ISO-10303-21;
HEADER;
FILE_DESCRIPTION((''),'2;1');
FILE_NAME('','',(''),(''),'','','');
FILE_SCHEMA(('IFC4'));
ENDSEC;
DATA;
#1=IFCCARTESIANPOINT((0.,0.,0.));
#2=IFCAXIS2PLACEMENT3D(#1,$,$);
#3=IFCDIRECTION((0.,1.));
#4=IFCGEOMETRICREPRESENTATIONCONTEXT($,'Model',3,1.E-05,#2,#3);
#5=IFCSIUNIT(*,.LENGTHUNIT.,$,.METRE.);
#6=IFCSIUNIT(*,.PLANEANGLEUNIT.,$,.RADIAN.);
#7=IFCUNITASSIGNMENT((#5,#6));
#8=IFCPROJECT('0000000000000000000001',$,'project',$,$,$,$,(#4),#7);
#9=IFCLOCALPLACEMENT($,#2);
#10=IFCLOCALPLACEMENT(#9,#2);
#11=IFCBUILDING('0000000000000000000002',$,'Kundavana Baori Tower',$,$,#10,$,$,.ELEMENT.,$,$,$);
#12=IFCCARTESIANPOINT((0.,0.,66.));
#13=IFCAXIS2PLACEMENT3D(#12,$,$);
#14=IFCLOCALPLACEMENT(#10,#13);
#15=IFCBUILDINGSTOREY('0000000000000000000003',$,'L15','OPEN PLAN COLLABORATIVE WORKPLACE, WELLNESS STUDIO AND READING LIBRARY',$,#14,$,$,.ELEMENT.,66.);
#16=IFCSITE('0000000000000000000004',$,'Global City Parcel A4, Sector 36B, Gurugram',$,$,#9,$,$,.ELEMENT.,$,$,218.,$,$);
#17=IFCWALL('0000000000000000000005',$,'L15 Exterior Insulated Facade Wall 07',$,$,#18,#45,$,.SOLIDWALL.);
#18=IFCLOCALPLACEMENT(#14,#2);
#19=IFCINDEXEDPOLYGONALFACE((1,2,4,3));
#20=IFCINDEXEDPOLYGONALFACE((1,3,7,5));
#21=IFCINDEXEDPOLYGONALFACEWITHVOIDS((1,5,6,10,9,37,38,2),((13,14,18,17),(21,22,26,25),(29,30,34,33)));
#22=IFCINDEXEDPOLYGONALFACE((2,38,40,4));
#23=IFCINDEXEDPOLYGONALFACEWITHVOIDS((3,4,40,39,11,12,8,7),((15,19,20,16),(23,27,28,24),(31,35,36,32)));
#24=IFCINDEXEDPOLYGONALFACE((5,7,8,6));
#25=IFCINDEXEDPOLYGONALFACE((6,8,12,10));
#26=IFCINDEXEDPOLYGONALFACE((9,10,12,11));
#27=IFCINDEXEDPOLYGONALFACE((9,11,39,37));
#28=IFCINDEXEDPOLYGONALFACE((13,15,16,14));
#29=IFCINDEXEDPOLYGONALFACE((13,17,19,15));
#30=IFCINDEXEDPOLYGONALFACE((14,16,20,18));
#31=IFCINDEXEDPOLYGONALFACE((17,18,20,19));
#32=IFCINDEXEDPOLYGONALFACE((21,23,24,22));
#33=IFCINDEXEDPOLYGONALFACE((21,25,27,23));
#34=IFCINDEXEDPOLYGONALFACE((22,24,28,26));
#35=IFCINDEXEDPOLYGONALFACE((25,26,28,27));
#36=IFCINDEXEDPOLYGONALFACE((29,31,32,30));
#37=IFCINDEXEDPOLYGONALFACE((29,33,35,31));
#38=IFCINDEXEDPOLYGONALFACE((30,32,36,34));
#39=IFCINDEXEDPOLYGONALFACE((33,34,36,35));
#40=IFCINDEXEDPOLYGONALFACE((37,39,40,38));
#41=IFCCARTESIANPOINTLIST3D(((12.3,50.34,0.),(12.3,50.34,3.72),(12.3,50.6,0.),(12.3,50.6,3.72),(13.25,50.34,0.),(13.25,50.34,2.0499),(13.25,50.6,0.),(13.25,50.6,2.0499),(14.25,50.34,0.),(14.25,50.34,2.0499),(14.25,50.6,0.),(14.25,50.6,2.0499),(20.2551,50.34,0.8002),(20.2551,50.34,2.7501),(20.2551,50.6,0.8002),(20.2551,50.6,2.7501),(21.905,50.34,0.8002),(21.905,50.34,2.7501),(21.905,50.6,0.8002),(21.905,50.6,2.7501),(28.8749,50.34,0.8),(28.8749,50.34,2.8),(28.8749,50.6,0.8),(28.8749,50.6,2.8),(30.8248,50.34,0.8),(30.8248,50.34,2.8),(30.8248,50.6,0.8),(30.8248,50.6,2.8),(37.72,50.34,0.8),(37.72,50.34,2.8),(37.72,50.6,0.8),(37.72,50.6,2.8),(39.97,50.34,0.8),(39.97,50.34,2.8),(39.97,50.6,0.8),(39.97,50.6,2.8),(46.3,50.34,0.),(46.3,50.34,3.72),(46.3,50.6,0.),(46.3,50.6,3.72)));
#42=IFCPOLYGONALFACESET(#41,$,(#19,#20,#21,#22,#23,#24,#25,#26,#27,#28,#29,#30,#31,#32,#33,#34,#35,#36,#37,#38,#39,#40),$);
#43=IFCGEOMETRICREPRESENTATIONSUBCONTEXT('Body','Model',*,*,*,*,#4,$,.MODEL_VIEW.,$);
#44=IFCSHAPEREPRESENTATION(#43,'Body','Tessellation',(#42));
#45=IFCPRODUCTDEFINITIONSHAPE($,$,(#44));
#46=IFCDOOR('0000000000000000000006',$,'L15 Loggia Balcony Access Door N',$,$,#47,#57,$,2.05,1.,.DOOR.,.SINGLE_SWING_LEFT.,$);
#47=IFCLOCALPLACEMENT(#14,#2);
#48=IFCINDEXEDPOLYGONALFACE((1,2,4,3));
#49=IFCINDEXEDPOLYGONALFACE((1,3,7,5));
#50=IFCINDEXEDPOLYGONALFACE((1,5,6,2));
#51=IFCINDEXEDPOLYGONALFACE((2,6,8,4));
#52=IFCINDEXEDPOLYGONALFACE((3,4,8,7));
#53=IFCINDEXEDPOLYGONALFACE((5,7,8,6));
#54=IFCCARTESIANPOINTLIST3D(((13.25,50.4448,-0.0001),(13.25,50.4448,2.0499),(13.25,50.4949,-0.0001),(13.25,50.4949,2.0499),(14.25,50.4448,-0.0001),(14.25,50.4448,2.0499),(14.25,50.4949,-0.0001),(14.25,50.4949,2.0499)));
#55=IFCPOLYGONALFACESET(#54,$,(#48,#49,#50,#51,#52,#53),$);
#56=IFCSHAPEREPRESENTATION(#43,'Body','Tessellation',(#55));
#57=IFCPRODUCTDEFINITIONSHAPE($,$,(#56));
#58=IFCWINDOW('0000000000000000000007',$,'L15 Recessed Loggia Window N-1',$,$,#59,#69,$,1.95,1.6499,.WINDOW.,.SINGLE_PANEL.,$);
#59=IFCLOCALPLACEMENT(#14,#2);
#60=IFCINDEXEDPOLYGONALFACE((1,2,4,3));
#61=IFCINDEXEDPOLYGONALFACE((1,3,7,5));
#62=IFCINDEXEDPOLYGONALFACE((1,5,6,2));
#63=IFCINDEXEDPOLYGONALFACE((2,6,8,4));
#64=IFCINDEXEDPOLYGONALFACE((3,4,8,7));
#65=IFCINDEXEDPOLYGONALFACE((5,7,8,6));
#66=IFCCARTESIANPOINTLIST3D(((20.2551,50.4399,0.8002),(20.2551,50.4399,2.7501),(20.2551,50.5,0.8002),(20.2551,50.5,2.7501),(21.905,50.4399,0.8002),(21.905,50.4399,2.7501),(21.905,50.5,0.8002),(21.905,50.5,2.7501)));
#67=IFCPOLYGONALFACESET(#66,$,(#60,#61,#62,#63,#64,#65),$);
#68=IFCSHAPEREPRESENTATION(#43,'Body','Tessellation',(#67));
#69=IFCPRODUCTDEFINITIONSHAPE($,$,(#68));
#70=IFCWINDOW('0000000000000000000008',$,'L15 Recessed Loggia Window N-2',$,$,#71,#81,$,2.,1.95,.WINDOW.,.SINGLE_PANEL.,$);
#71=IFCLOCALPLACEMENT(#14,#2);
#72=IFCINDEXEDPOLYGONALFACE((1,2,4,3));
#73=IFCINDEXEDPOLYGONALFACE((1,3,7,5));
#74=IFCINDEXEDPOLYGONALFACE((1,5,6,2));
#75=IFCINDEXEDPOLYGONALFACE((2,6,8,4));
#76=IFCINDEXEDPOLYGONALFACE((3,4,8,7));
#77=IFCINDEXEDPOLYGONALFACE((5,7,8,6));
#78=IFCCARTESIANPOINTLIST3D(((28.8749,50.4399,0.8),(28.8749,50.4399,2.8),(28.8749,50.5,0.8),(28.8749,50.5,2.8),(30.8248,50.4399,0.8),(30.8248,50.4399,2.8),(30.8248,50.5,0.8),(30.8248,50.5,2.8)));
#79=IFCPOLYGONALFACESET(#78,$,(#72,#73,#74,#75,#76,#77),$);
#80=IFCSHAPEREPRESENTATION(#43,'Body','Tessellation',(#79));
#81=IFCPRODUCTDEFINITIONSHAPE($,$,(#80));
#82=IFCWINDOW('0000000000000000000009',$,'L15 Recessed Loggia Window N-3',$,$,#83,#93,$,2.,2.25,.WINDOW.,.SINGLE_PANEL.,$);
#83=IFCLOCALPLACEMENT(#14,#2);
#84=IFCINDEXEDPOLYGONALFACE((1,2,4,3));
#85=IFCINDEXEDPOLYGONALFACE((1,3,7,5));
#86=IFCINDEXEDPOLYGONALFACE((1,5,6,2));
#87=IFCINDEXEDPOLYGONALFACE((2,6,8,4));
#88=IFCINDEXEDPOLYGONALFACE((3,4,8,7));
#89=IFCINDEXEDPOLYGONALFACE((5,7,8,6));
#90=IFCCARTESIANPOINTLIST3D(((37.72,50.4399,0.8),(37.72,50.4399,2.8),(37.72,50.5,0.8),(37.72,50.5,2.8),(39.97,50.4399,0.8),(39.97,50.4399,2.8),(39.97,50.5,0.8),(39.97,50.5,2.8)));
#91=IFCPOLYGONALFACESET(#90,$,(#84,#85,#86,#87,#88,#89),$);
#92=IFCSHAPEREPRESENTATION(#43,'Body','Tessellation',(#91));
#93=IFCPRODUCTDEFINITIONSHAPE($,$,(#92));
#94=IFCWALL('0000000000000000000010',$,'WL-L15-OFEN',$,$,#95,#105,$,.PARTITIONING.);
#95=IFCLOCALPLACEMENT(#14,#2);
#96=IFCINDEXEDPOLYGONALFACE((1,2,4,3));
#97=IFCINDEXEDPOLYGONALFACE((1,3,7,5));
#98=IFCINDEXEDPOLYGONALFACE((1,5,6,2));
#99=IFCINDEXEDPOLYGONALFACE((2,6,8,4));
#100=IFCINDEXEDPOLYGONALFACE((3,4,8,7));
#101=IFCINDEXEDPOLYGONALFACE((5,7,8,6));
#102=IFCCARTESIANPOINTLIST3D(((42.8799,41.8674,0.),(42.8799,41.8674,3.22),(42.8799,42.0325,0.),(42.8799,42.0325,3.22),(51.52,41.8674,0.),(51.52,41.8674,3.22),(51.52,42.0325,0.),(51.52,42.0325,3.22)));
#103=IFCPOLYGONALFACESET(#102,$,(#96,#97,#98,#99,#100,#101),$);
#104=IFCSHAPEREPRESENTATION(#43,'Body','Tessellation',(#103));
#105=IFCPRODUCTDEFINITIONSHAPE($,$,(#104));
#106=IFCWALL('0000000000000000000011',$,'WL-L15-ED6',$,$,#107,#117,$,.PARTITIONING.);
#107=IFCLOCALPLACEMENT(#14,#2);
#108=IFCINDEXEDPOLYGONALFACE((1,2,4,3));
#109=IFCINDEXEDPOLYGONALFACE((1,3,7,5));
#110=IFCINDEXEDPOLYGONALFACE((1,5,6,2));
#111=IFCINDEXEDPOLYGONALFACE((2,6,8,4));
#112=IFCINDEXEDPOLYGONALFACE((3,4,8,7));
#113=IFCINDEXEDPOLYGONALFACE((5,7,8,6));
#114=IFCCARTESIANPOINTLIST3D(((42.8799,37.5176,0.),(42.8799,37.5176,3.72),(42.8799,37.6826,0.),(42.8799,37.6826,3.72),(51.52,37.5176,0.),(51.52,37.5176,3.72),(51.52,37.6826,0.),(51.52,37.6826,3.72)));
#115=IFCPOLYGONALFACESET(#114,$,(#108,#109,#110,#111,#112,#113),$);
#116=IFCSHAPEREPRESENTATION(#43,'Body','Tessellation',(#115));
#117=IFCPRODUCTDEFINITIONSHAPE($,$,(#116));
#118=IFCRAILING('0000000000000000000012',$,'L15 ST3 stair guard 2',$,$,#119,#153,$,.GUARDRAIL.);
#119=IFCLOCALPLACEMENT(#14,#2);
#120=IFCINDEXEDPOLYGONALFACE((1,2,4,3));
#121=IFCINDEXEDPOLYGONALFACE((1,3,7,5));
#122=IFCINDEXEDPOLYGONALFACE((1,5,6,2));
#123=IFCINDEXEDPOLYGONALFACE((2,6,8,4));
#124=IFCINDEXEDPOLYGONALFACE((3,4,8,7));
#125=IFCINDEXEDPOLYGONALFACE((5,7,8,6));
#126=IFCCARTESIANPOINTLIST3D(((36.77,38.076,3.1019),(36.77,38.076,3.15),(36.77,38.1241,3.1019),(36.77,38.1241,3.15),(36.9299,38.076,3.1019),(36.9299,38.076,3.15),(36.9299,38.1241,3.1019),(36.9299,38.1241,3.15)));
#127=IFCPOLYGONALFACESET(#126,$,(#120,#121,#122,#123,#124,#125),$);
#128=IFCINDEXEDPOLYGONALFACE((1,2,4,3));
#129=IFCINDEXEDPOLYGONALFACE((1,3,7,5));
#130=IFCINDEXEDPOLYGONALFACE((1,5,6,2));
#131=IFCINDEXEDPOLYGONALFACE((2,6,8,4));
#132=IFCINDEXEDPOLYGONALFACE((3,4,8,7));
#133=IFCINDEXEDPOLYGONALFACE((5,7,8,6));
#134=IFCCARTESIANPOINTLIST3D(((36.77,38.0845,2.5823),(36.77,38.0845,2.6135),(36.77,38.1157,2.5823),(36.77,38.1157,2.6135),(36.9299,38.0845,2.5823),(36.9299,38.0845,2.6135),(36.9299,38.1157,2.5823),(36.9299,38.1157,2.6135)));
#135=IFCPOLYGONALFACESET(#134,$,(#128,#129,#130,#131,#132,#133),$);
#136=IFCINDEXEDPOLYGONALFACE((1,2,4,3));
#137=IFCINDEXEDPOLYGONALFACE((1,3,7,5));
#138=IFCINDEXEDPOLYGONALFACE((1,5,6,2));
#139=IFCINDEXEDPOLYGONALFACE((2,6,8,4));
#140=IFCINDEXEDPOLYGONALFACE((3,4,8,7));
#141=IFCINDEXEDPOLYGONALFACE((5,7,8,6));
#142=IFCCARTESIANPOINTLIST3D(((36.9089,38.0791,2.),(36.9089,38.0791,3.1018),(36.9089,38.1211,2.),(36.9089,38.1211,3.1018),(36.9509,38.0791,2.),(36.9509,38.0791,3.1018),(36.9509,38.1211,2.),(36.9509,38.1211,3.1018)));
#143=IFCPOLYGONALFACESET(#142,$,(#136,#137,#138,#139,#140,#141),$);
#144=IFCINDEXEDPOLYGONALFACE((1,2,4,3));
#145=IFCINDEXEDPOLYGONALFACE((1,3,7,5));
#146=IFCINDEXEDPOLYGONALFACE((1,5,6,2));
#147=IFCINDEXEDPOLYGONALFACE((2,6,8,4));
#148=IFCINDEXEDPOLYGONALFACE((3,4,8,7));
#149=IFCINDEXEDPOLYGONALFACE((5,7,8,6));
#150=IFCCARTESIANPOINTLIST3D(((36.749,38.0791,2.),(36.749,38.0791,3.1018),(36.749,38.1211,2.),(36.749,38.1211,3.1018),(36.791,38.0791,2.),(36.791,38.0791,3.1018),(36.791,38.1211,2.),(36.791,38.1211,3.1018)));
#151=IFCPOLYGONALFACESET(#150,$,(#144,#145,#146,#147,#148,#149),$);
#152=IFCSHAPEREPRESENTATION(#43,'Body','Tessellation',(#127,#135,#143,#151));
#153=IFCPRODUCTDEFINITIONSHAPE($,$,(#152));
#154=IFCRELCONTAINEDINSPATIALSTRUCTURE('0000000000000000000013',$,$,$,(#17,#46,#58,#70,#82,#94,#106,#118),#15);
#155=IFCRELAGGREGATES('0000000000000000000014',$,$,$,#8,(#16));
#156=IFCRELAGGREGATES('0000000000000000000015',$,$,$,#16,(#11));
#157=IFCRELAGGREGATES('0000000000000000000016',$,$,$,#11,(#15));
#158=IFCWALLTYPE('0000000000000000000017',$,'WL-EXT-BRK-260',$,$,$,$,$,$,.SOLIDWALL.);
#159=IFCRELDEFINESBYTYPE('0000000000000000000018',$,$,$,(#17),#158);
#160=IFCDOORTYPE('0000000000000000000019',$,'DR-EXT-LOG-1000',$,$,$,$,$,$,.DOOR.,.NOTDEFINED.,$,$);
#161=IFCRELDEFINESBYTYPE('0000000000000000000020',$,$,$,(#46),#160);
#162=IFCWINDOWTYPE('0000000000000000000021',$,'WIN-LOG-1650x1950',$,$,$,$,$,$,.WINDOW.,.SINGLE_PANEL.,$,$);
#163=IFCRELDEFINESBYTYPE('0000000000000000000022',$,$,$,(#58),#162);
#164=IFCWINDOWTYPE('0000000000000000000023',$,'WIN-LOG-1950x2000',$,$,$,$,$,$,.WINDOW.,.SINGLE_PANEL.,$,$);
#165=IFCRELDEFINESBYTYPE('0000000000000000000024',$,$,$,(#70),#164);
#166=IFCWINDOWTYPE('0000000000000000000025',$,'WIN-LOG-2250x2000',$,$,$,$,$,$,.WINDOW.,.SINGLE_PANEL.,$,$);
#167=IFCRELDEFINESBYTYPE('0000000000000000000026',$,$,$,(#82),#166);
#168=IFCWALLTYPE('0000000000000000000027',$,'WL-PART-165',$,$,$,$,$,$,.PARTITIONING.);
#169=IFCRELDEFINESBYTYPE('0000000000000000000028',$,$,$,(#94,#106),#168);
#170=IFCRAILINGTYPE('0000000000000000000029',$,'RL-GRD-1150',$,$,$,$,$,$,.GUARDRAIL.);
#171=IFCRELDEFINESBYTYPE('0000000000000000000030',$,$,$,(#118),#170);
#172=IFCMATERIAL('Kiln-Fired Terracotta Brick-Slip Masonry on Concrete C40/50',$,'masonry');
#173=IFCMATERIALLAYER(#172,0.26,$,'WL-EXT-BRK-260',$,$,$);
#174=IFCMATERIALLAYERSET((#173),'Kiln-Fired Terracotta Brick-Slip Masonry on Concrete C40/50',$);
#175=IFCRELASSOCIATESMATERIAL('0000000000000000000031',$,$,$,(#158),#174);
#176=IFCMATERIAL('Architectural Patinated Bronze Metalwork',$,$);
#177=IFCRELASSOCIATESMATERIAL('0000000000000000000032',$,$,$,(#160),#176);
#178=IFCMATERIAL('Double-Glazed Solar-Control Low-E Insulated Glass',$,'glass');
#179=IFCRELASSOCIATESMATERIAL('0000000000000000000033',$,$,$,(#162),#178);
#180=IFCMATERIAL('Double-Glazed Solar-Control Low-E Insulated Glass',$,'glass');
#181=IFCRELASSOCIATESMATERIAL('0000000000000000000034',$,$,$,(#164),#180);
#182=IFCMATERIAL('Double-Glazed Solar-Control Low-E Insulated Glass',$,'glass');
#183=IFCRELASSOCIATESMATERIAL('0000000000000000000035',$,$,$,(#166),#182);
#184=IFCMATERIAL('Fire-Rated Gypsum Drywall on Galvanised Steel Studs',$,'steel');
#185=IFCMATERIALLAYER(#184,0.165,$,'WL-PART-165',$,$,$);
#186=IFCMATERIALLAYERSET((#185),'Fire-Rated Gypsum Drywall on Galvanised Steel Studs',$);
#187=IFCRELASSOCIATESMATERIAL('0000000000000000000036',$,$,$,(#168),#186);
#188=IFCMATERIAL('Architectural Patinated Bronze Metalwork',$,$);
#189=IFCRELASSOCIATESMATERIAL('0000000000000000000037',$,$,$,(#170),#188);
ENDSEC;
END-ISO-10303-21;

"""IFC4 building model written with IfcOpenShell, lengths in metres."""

from ifc_helpers import new_model, si_unit, direction, frame, frame_2d, origin, origin_2d, place, context, subcontext, project, spatial, rectangle, extrude, material, layer, layer_set, type_object, element, fill, save


model = new_model("IFC4")

# Units and contexts
model_context = context("Model", 3, precision=1e-05, world=origin(), true_north=direction((0.0, 1.0)))
body_context = subcontext(model_context, "Body", "Model", "MODEL_VIEW")
ifc_project = project(units=[si_unit("LENGTHUNIT", "METRE"), si_unit("PLANEANGLEUNIT", "RADIAN")], contexts=[model_context])

# Site, building, storey
site_placement = place(None, origin())
site = spatial("IfcSite", under=ifc_project, at=site_placement, Name="Global City Parcel A4, Sector 36B, Gurugram", CompositionType="ELEMENT", RefElevation=218.0)
building_placement = place(site_placement, origin())
building = spatial("IfcBuilding", under=site, at=building_placement, Name="Kundavana Baori Tower", CompositionType="ELEMENT")
storey_placement = place(building_placement, frame((0.0, 0.0, 66.0)))
storey = spatial("IfcBuildingStorey", under=building, at=storey_placement, Name="L15", Description="OPEN PLAN COLLABORATIVE WORKPLACE, WELLNESS STUDIO AND READING LIBRARY", CompositionType="ELEMENT", Elevation=66.0)

# Shared definitions
ifc_material_1 = material(Name="Kiln-Fired Terracotta Brick-Slip Masonry on Concrete C40/50", Category="masonry")
ifc_layer_1 = layer(ifc_material_1, 0.26, Name="WL-EXT-BRK-260")
ifc_layer_set_1 = layer_set([ifc_layer_1], Name="Kiln-Fired Terracotta Brick-Slip Masonry on Concrete C40/50")
wall_type_1 = type_object("IfcWallType", Name="WL-EXT-BRK-260", PredefinedType="SOLIDWALL", material=ifc_layer_set_1)

# Wall, openings, door, windows
wall_1_placement = place(storey_placement, frame((46.3, 50.47, 0.0), z_axis=(0.0, 0.0, 1.0), x_axis=(-1.0, 0.0, 0.0)))
wall_1 = element("IfcWall", 1, at=wall_1_placement, inside=storey, type_object=wall_type_1, Name="L15 Exterior Insulated Facade Wall 07", PredefinedType="SOLIDWALL", context=body_context, shape_type="SweptSolid", body=[
    extrude(rectangle(XDim=34.0, YDim=0.26, at=frame_2d((17.0, 0.0))), origin(), (0.0, 0.0, 1.0), 3.72),
])
opening_1_placement = place(wall_1_placement, frame((32.05, 0.0, 0.0)))
opening_1 = element("IfcOpeningElement", 2, at=opening_1_placement, cuts=wall_1, PredefinedType="OPENING", context=body_context, shape_type="SweptSolid", body=[
    extrude(rectangle(XDim=1.0, YDim=2.05, at=frame_2d((0.5, 1.0249))), frame((0.0, 0.1401, 0.0), z_axis=(0.0, -1.0, 0.0), x_axis=(1.0, 0.0, 0.0)), (0.0, 0.0, 1.0), 0.28),
])
opening_2_placement = place(wall_1_placement, frame((24.395, 0.0, 0.8)))
opening_2 = element("IfcOpeningElement", 3, at=opening_2_placement, cuts=wall_1, PredefinedType="OPENING", context=body_context, shape_type="SweptSolid", body=[
    extrude(rectangle(XDim=1.6499, YDim=1.95, at=frame_2d((0.825, 0.9751))), frame((0.0, 0.1401, 0.0), z_axis=(0.0, -1.0, 0.0), x_axis=(1.0, 0.0, 0.0)), (0.0, 0.0, 1.0), 0.28),
])
opening_3_placement = place(wall_1_placement, frame((15.4751, 0.0, 0.8)))
opening_3 = element("IfcOpeningElement", 4, at=opening_3_placement, cuts=wall_1, PredefinedType="OPENING", context=body_context, shape_type="SweptSolid", body=[
    extrude(rectangle(XDim=1.95, YDim=2.0, at=frame_2d((0.9751, 1.0))), frame((0.0, 0.1401, 0.0), z_axis=(0.0, -1.0, 0.0), x_axis=(1.0, 0.0, 0.0)), (0.0, 0.0, 1.0), 0.28),
])
opening_4_placement = place(wall_1_placement, frame((6.3301, 0.0, 0.8)))
opening_4 = element("IfcOpeningElement", 5, at=opening_4_placement, cuts=wall_1, PredefinedType="OPENING", context=body_context, shape_type="SweptSolid", body=[
    extrude(rectangle(XDim=2.25, YDim=2.0, at=frame_2d((1.125, 1.0))), frame((0.0, 0.1401, 0.0), z_axis=(0.0, -1.0, 0.0), x_axis=(1.0, 0.0, 0.0)), (0.0, 0.0, 1.0), 0.28),
])
ifc_material_2 = material(Name="Architectural Patinated Bronze Metalwork")
door_type = type_object("IfcDoorType", Name="DR-EXT-LOG-1000", OperationType="NOTDEFINED", PredefinedType="DOOR", material=ifc_material_2)
door_placement = place(opening_1_placement, frame((1.0, 0.0, 0.0), z_axis=(0.0, 0.0, 1.0), x_axis=(-1.0, 0.0, 0.0)))
door = element("IfcDoor", 6, at=door_placement, inside=storey, type_object=door_type, Name="L15 Loggia Balcony Access Door N", OperationType="SINGLE_SWING_LEFT", OverallHeight=2.05, OverallWidth=1.0, PredefinedType="DOOR", context=body_context, shape_type="SweptSolid", body=[
    extrude(rectangle(XDim=1.0, YDim=2.05, at=frame_2d((0.5, 1.0249))), frame((0.0, 0.0249, 0.0), z_axis=(0.0, -1.0, 0.0), x_axis=(1.0, 0.0, 0.0)), (0.0, 0.0, 1.0), 0.05),
])
fill(opening_1, door)
ifc_material_3 = material(Name="Double-Glazed Solar-Control Low-E Insulated Glass", Category="glass")
window_type_1 = type_object("IfcWindowType", Name="WIN-LOG-1650x1950", PartitioningType="SINGLE_PANEL", PredefinedType="WINDOW", material=ifc_material_3)
window_1_placement = place(opening_2_placement, origin())
window_1 = element("IfcWindow", 7, at=window_1_placement, inside=storey, type_object=window_type_1, Name="L15 Recessed Loggia Window N-1", OverallHeight=1.95, OverallWidth=1.6499, PartitioningType="SINGLE_PANEL", PredefinedType="WINDOW", context=body_context, shape_type="SweptSolid", body=[
    extrude(rectangle(XDim=1.6499, YDim=1.95, at=frame_2d((0.825, 0.9751))), frame((0.0, 0.03, 0.0), z_axis=(0.0, -1.0, 0.0), x_axis=(1.0, 0.0, 0.0)), (0.0, 0.0, 1.0), 0.0601),
])
fill(opening_2, window_1)
ifc_material_4 = material(Name="Double-Glazed Solar-Control Low-E Insulated Glass", Category="glass")
window_type_2 = type_object("IfcWindowType", Name="WIN-LOG-1950x2000", PartitioningType="SINGLE_PANEL", PredefinedType="WINDOW", material=ifc_material_4)
window_2_placement = place(opening_3_placement, origin())
window_2 = element("IfcWindow", 8, at=window_2_placement, inside=storey, type_object=window_type_2, Name="L15 Recessed Loggia Window N-2", OverallHeight=2.0, OverallWidth=1.95, PartitioningType="SINGLE_PANEL", PredefinedType="WINDOW", context=body_context, shape_type="SweptSolid", body=[
    extrude(rectangle(XDim=1.95, YDim=2.0, at=frame_2d((0.9751, 1.0))), frame((0.0, 0.03, 0.0), z_axis=(0.0, -1.0, 0.0), x_axis=(1.0, 0.0, 0.0)), (0.0, 0.0, 1.0), 0.0601),
])
fill(opening_3, window_2)
ifc_material_5 = material(Name="Double-Glazed Solar-Control Low-E Insulated Glass", Category="glass")
window_type_3 = type_object("IfcWindowType", Name="WIN-LOG-2250x2000", PartitioningType="SINGLE_PANEL", PredefinedType="WINDOW", material=ifc_material_5)
window_3_placement = place(opening_4_placement, origin())
window_3 = element("IfcWindow", 9, at=window_3_placement, inside=storey, type_object=window_type_3, Name="L15 Recessed Loggia Window N-3", OverallHeight=2.0, OverallWidth=2.25, PartitioningType="SINGLE_PANEL", PredefinedType="WINDOW", context=body_context, shape_type="SweptSolid", body=[
    extrude(rectangle(XDim=2.25, YDim=2.0, at=frame_2d((1.125, 1.0))), frame((0.0, 0.03, 0.0), z_axis=(0.0, -1.0, 0.0), x_axis=(1.0, 0.0, 0.0)), (0.0, 0.0, 1.0), 0.0601),
])
fill(opening_4, window_3)

# Walls
ifc_material_6 = material(Name="Fire-Rated Gypsum Drywall on Galvanised Steel Studs", Category="steel")
ifc_layer_2 = layer(ifc_material_6, 0.165, Name="WL-PART-165")
ifc_layer_set_2 = layer_set([ifc_layer_2], Name="Fire-Rated Gypsum Drywall on Galvanised Steel Studs")
wall_type_2 = type_object("IfcWallType", Name="WL-PART-165", PredefinedType="PARTITIONING", material=ifc_layer_set_2)
wall_2_placement = place(storey_placement, frame((42.8799, 41.95, 0.0), z_axis=(0.0, 0.0, 1.0), x_axis=(1.0, 0.0, 0.0)))
element("IfcWall", 10, at=wall_2_placement, inside=storey, type_object=wall_type_2, Name="WL-L15-OFEN", PredefinedType="PARTITIONING", context=body_context, shape_type="SweptSolid", body=[
    extrude(rectangle(XDim=8.6401, YDim=0.165, at=frame_2d((4.3201, 0.0))), origin(), (0.0, 0.0, 1.0), 3.22),
])
wall_3_placement = place(storey_placement, frame((42.8799, 37.6001, 0.0), z_axis=(0.0, 0.0, 1.0), x_axis=(1.0, 0.0, 0.0)))
element("IfcWall", 11, at=wall_3_placement, inside=storey, type_object=wall_type_2, Name="WL-L15-ED6", PredefinedType="PARTITIONING", context=body_context, shape_type="SweptSolid", body=[
    extrude(rectangle(XDim=8.6401, YDim=0.165, at=frame_2d((4.3201, 0.0))), origin(), (0.0, 0.0, 1.0), 3.72),
])

# Railing
ifc_material_7 = material(Name="Architectural Patinated Bronze Metalwork")
railing_type_1 = type_object("IfcRailingType", Name="RL-GRD-1150", PredefinedType="GUARDRAIL", material=ifc_material_7)
railing_1_placement = place(storey_placement, frame((36.9299, 38.1001, 2.0)))
element("IfcRailing", 12, at=railing_1_placement, inside=storey, type_object=railing_type_1, Name="L15 ST3 stair guard 2", PredefinedType="GUARDRAIL", context=body_context, shape_type="SweptSolid", body=[
    extrude(rectangle(XDim=0.0481, YDim=0.0481, at=origin_2d()), frame((0.0, 0.0, 1.126), z_axis=(-1.0, 0.0, 0.0), x_axis=(0.0, -1.0, 0.0)), (0.0, 0.0, 1.0), 0.1599),
    extrude(rectangle(XDim=0.0312, YDim=0.0312, at=origin_2d()), frame((0.0, 0.0, 0.5979), z_axis=(-1.0, 0.0, 0.0), x_axis=(0.0, -1.0, 0.0)), (0.0, 0.0, 1.0), 0.1599),
    extrude(rectangle(XDim=0.042, YDim=0.042, at=origin_2d()), origin(), (0.0, 0.0, 1.0), 1.1018),
    extrude(rectangle(XDim=0.042, YDim=0.042, at=origin_2d()), frame((-0.1599, 0.0, 0.0)), (0.0, 0.0, 1.0), 1.1018),
])

save(model, "model.ifc")
